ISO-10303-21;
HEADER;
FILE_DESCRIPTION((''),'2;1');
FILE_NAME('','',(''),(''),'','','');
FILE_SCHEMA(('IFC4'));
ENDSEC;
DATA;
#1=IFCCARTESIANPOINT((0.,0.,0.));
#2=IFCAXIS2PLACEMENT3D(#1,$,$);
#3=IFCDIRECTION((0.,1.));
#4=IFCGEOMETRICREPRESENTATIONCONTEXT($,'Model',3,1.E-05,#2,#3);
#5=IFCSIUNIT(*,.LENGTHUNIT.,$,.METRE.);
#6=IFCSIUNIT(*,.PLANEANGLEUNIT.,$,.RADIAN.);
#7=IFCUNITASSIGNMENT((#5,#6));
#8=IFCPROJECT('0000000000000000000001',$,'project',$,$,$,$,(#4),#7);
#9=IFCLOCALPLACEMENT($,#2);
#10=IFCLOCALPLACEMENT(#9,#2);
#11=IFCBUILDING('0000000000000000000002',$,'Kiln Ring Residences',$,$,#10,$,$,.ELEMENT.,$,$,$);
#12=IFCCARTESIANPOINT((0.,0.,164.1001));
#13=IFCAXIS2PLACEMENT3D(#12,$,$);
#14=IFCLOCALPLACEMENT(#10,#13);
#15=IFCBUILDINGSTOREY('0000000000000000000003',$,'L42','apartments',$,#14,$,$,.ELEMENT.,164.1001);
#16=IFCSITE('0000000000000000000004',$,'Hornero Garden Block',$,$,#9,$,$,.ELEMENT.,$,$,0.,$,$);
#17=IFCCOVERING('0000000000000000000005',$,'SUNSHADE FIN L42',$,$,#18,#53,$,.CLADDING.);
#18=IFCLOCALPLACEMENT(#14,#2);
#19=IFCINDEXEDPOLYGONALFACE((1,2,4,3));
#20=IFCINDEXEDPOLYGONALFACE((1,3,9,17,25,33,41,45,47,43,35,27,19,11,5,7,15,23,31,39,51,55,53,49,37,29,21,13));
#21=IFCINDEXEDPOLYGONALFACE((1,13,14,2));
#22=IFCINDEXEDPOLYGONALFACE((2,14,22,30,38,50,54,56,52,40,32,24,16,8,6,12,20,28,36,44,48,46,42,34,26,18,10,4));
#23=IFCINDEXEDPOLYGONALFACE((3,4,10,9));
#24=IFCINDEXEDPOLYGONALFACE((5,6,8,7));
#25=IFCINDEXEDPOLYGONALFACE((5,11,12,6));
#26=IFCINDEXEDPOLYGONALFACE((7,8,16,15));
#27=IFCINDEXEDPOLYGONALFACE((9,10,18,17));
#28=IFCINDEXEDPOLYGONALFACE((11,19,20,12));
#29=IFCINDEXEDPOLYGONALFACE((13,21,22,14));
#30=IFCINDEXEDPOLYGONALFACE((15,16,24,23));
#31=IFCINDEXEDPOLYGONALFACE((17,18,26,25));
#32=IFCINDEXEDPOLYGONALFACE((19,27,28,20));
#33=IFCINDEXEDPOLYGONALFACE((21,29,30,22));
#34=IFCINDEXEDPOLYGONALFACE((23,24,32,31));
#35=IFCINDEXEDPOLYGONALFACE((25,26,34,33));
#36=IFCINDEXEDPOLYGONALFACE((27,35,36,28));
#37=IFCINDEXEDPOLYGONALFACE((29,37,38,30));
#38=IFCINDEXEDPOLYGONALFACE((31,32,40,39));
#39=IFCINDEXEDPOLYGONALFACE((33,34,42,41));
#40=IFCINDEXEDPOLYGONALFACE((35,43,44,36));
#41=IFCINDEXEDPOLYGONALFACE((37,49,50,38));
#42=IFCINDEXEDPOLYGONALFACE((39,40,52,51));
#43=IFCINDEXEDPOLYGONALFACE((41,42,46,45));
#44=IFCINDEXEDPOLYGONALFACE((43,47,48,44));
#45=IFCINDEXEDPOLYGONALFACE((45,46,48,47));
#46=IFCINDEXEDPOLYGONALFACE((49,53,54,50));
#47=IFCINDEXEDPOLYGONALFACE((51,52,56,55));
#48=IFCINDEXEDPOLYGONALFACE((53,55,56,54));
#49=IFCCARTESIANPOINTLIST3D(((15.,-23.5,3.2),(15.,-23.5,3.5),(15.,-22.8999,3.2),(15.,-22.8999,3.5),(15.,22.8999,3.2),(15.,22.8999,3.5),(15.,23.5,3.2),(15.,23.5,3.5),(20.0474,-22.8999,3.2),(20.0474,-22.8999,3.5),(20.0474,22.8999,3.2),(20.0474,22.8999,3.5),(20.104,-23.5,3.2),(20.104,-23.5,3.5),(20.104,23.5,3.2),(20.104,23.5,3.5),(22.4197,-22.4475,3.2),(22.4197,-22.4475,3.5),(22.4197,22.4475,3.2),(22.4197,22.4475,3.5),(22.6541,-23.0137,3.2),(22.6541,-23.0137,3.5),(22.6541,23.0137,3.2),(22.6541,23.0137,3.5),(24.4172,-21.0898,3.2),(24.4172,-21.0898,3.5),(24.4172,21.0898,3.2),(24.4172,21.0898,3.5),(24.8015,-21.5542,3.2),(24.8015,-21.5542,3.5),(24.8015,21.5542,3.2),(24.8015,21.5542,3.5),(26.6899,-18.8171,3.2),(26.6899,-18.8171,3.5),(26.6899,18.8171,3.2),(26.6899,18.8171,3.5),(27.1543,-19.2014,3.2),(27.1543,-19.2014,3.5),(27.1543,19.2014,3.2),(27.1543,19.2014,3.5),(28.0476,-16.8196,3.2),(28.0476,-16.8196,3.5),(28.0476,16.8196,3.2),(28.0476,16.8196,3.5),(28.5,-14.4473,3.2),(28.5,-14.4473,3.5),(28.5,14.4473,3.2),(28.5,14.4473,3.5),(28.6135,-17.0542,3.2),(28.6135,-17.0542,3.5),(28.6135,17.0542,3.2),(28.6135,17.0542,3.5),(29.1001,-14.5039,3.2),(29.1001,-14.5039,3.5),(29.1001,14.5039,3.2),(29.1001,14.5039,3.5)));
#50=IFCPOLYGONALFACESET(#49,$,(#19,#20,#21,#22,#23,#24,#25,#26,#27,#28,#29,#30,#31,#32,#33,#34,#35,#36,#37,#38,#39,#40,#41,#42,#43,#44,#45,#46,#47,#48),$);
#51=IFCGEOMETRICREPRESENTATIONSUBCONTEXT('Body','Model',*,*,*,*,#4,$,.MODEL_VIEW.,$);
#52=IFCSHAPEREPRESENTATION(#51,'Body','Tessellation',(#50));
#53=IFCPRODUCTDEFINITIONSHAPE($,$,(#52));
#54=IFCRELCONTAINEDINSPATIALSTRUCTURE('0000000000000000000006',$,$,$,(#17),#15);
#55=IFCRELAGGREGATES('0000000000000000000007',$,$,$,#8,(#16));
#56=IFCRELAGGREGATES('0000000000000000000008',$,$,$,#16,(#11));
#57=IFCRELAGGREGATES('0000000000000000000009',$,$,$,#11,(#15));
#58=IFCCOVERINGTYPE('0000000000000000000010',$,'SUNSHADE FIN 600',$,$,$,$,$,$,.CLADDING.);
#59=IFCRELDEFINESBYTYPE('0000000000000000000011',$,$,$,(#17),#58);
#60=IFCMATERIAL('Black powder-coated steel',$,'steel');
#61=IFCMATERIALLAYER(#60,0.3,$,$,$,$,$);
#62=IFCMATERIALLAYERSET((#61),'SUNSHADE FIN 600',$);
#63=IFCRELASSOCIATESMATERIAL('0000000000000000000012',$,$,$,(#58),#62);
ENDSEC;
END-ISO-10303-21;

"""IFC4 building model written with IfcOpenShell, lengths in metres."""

from ifc_helpers import new_model, si_unit, direction, frame, origin, place, context, subcontext, project, spatial, polyline, outline, extrude, material, layer, layer_set, type_object, element, save


model = new_model("IFC4")

# Units and contexts
model_context = context("Model", 3, precision=1e-05, world=origin(), true_north=direction((0.0, 1.0)))
body_context = subcontext(model_context, "Body", "Model", "MODEL_VIEW")
ifc_project = project(units=[si_unit("LENGTHUNIT", "METRE"), si_unit("PLANEANGLEUNIT", "RADIAN")], contexts=[model_context])

# Site, building, storey
site_placement = place(None, origin())
site = spatial("IfcSite", under=ifc_project, at=site_placement, Name="Hornero Garden Block", CompositionType="ELEMENT", RefElevation=0.0)
building_placement = place(site_placement, origin())
building = spatial("IfcBuilding", under=site, at=building_placement, Name="Kiln Ring Residences", CompositionType="ELEMENT")
storey_placement = place(building_placement, frame((0.0, 0.0, 164.1001)))
storey = spatial("IfcBuildingStorey", under=building, at=storey_placement, Name="L42", Description="apartments", CompositionType="ELEMENT", Elevation=164.1001)

# Covering
placement_1 = place(storey_placement, frame((0.0, 0.0, 3.2)))
ifc_material_1 = material(Name="Black powder-coated steel", Category="steel")
ifc_layer_1 = layer(ifc_material_1, 0.3)
ifc_layer_set_1 = layer_set([ifc_layer_1], Name="SUNSHADE FIN 600")
covering_type_1 = type_object("IfcCoveringType", Name="SUNSHADE FIN 600", PredefinedType="CLADDING", material=ifc_layer_set_1)
element("IfcCovering", 1, at=placement_1, inside=storey, type_object=covering_type_1, Name="SUNSHADE FIN L42", PredefinedType="CLADDING", context=body_context, shape_type="SweptSolid", body=[
    extrude(outline(polyline([(20.104, 23.5), (15.0, 23.5), (15.0, 22.8999), (20.0474, 22.8999), (22.4197, 22.4475), (24.4172, 21.0898), (26.6899, 18.8171), (28.0476, 16.8196), (28.5, 14.4473), (28.5, -14.4473), (28.0476, -16.8196), (26.6899, -18.8171), (24.4172, -21.0898), (22.4197, -22.4475), (20.0474, -22.8999), (15.0, -22.8999), (15.0, -23.5), (20.104, -23.5), (22.6541, -23.0137), (24.8015, -21.5542), (27.1543, -19.2014), (28.6135, -17.0542), (29.1001, -14.5039), (29.1001, 14.5039), (28.6135, 17.0542), (27.1543, 19.2014), (24.8015, 21.5542), (22.6541, 23.0137), (20.104, 23.5)])), origin(), (0.0, 0.0, 1.0), 0.3),
])

save(model, "model.ifc")
